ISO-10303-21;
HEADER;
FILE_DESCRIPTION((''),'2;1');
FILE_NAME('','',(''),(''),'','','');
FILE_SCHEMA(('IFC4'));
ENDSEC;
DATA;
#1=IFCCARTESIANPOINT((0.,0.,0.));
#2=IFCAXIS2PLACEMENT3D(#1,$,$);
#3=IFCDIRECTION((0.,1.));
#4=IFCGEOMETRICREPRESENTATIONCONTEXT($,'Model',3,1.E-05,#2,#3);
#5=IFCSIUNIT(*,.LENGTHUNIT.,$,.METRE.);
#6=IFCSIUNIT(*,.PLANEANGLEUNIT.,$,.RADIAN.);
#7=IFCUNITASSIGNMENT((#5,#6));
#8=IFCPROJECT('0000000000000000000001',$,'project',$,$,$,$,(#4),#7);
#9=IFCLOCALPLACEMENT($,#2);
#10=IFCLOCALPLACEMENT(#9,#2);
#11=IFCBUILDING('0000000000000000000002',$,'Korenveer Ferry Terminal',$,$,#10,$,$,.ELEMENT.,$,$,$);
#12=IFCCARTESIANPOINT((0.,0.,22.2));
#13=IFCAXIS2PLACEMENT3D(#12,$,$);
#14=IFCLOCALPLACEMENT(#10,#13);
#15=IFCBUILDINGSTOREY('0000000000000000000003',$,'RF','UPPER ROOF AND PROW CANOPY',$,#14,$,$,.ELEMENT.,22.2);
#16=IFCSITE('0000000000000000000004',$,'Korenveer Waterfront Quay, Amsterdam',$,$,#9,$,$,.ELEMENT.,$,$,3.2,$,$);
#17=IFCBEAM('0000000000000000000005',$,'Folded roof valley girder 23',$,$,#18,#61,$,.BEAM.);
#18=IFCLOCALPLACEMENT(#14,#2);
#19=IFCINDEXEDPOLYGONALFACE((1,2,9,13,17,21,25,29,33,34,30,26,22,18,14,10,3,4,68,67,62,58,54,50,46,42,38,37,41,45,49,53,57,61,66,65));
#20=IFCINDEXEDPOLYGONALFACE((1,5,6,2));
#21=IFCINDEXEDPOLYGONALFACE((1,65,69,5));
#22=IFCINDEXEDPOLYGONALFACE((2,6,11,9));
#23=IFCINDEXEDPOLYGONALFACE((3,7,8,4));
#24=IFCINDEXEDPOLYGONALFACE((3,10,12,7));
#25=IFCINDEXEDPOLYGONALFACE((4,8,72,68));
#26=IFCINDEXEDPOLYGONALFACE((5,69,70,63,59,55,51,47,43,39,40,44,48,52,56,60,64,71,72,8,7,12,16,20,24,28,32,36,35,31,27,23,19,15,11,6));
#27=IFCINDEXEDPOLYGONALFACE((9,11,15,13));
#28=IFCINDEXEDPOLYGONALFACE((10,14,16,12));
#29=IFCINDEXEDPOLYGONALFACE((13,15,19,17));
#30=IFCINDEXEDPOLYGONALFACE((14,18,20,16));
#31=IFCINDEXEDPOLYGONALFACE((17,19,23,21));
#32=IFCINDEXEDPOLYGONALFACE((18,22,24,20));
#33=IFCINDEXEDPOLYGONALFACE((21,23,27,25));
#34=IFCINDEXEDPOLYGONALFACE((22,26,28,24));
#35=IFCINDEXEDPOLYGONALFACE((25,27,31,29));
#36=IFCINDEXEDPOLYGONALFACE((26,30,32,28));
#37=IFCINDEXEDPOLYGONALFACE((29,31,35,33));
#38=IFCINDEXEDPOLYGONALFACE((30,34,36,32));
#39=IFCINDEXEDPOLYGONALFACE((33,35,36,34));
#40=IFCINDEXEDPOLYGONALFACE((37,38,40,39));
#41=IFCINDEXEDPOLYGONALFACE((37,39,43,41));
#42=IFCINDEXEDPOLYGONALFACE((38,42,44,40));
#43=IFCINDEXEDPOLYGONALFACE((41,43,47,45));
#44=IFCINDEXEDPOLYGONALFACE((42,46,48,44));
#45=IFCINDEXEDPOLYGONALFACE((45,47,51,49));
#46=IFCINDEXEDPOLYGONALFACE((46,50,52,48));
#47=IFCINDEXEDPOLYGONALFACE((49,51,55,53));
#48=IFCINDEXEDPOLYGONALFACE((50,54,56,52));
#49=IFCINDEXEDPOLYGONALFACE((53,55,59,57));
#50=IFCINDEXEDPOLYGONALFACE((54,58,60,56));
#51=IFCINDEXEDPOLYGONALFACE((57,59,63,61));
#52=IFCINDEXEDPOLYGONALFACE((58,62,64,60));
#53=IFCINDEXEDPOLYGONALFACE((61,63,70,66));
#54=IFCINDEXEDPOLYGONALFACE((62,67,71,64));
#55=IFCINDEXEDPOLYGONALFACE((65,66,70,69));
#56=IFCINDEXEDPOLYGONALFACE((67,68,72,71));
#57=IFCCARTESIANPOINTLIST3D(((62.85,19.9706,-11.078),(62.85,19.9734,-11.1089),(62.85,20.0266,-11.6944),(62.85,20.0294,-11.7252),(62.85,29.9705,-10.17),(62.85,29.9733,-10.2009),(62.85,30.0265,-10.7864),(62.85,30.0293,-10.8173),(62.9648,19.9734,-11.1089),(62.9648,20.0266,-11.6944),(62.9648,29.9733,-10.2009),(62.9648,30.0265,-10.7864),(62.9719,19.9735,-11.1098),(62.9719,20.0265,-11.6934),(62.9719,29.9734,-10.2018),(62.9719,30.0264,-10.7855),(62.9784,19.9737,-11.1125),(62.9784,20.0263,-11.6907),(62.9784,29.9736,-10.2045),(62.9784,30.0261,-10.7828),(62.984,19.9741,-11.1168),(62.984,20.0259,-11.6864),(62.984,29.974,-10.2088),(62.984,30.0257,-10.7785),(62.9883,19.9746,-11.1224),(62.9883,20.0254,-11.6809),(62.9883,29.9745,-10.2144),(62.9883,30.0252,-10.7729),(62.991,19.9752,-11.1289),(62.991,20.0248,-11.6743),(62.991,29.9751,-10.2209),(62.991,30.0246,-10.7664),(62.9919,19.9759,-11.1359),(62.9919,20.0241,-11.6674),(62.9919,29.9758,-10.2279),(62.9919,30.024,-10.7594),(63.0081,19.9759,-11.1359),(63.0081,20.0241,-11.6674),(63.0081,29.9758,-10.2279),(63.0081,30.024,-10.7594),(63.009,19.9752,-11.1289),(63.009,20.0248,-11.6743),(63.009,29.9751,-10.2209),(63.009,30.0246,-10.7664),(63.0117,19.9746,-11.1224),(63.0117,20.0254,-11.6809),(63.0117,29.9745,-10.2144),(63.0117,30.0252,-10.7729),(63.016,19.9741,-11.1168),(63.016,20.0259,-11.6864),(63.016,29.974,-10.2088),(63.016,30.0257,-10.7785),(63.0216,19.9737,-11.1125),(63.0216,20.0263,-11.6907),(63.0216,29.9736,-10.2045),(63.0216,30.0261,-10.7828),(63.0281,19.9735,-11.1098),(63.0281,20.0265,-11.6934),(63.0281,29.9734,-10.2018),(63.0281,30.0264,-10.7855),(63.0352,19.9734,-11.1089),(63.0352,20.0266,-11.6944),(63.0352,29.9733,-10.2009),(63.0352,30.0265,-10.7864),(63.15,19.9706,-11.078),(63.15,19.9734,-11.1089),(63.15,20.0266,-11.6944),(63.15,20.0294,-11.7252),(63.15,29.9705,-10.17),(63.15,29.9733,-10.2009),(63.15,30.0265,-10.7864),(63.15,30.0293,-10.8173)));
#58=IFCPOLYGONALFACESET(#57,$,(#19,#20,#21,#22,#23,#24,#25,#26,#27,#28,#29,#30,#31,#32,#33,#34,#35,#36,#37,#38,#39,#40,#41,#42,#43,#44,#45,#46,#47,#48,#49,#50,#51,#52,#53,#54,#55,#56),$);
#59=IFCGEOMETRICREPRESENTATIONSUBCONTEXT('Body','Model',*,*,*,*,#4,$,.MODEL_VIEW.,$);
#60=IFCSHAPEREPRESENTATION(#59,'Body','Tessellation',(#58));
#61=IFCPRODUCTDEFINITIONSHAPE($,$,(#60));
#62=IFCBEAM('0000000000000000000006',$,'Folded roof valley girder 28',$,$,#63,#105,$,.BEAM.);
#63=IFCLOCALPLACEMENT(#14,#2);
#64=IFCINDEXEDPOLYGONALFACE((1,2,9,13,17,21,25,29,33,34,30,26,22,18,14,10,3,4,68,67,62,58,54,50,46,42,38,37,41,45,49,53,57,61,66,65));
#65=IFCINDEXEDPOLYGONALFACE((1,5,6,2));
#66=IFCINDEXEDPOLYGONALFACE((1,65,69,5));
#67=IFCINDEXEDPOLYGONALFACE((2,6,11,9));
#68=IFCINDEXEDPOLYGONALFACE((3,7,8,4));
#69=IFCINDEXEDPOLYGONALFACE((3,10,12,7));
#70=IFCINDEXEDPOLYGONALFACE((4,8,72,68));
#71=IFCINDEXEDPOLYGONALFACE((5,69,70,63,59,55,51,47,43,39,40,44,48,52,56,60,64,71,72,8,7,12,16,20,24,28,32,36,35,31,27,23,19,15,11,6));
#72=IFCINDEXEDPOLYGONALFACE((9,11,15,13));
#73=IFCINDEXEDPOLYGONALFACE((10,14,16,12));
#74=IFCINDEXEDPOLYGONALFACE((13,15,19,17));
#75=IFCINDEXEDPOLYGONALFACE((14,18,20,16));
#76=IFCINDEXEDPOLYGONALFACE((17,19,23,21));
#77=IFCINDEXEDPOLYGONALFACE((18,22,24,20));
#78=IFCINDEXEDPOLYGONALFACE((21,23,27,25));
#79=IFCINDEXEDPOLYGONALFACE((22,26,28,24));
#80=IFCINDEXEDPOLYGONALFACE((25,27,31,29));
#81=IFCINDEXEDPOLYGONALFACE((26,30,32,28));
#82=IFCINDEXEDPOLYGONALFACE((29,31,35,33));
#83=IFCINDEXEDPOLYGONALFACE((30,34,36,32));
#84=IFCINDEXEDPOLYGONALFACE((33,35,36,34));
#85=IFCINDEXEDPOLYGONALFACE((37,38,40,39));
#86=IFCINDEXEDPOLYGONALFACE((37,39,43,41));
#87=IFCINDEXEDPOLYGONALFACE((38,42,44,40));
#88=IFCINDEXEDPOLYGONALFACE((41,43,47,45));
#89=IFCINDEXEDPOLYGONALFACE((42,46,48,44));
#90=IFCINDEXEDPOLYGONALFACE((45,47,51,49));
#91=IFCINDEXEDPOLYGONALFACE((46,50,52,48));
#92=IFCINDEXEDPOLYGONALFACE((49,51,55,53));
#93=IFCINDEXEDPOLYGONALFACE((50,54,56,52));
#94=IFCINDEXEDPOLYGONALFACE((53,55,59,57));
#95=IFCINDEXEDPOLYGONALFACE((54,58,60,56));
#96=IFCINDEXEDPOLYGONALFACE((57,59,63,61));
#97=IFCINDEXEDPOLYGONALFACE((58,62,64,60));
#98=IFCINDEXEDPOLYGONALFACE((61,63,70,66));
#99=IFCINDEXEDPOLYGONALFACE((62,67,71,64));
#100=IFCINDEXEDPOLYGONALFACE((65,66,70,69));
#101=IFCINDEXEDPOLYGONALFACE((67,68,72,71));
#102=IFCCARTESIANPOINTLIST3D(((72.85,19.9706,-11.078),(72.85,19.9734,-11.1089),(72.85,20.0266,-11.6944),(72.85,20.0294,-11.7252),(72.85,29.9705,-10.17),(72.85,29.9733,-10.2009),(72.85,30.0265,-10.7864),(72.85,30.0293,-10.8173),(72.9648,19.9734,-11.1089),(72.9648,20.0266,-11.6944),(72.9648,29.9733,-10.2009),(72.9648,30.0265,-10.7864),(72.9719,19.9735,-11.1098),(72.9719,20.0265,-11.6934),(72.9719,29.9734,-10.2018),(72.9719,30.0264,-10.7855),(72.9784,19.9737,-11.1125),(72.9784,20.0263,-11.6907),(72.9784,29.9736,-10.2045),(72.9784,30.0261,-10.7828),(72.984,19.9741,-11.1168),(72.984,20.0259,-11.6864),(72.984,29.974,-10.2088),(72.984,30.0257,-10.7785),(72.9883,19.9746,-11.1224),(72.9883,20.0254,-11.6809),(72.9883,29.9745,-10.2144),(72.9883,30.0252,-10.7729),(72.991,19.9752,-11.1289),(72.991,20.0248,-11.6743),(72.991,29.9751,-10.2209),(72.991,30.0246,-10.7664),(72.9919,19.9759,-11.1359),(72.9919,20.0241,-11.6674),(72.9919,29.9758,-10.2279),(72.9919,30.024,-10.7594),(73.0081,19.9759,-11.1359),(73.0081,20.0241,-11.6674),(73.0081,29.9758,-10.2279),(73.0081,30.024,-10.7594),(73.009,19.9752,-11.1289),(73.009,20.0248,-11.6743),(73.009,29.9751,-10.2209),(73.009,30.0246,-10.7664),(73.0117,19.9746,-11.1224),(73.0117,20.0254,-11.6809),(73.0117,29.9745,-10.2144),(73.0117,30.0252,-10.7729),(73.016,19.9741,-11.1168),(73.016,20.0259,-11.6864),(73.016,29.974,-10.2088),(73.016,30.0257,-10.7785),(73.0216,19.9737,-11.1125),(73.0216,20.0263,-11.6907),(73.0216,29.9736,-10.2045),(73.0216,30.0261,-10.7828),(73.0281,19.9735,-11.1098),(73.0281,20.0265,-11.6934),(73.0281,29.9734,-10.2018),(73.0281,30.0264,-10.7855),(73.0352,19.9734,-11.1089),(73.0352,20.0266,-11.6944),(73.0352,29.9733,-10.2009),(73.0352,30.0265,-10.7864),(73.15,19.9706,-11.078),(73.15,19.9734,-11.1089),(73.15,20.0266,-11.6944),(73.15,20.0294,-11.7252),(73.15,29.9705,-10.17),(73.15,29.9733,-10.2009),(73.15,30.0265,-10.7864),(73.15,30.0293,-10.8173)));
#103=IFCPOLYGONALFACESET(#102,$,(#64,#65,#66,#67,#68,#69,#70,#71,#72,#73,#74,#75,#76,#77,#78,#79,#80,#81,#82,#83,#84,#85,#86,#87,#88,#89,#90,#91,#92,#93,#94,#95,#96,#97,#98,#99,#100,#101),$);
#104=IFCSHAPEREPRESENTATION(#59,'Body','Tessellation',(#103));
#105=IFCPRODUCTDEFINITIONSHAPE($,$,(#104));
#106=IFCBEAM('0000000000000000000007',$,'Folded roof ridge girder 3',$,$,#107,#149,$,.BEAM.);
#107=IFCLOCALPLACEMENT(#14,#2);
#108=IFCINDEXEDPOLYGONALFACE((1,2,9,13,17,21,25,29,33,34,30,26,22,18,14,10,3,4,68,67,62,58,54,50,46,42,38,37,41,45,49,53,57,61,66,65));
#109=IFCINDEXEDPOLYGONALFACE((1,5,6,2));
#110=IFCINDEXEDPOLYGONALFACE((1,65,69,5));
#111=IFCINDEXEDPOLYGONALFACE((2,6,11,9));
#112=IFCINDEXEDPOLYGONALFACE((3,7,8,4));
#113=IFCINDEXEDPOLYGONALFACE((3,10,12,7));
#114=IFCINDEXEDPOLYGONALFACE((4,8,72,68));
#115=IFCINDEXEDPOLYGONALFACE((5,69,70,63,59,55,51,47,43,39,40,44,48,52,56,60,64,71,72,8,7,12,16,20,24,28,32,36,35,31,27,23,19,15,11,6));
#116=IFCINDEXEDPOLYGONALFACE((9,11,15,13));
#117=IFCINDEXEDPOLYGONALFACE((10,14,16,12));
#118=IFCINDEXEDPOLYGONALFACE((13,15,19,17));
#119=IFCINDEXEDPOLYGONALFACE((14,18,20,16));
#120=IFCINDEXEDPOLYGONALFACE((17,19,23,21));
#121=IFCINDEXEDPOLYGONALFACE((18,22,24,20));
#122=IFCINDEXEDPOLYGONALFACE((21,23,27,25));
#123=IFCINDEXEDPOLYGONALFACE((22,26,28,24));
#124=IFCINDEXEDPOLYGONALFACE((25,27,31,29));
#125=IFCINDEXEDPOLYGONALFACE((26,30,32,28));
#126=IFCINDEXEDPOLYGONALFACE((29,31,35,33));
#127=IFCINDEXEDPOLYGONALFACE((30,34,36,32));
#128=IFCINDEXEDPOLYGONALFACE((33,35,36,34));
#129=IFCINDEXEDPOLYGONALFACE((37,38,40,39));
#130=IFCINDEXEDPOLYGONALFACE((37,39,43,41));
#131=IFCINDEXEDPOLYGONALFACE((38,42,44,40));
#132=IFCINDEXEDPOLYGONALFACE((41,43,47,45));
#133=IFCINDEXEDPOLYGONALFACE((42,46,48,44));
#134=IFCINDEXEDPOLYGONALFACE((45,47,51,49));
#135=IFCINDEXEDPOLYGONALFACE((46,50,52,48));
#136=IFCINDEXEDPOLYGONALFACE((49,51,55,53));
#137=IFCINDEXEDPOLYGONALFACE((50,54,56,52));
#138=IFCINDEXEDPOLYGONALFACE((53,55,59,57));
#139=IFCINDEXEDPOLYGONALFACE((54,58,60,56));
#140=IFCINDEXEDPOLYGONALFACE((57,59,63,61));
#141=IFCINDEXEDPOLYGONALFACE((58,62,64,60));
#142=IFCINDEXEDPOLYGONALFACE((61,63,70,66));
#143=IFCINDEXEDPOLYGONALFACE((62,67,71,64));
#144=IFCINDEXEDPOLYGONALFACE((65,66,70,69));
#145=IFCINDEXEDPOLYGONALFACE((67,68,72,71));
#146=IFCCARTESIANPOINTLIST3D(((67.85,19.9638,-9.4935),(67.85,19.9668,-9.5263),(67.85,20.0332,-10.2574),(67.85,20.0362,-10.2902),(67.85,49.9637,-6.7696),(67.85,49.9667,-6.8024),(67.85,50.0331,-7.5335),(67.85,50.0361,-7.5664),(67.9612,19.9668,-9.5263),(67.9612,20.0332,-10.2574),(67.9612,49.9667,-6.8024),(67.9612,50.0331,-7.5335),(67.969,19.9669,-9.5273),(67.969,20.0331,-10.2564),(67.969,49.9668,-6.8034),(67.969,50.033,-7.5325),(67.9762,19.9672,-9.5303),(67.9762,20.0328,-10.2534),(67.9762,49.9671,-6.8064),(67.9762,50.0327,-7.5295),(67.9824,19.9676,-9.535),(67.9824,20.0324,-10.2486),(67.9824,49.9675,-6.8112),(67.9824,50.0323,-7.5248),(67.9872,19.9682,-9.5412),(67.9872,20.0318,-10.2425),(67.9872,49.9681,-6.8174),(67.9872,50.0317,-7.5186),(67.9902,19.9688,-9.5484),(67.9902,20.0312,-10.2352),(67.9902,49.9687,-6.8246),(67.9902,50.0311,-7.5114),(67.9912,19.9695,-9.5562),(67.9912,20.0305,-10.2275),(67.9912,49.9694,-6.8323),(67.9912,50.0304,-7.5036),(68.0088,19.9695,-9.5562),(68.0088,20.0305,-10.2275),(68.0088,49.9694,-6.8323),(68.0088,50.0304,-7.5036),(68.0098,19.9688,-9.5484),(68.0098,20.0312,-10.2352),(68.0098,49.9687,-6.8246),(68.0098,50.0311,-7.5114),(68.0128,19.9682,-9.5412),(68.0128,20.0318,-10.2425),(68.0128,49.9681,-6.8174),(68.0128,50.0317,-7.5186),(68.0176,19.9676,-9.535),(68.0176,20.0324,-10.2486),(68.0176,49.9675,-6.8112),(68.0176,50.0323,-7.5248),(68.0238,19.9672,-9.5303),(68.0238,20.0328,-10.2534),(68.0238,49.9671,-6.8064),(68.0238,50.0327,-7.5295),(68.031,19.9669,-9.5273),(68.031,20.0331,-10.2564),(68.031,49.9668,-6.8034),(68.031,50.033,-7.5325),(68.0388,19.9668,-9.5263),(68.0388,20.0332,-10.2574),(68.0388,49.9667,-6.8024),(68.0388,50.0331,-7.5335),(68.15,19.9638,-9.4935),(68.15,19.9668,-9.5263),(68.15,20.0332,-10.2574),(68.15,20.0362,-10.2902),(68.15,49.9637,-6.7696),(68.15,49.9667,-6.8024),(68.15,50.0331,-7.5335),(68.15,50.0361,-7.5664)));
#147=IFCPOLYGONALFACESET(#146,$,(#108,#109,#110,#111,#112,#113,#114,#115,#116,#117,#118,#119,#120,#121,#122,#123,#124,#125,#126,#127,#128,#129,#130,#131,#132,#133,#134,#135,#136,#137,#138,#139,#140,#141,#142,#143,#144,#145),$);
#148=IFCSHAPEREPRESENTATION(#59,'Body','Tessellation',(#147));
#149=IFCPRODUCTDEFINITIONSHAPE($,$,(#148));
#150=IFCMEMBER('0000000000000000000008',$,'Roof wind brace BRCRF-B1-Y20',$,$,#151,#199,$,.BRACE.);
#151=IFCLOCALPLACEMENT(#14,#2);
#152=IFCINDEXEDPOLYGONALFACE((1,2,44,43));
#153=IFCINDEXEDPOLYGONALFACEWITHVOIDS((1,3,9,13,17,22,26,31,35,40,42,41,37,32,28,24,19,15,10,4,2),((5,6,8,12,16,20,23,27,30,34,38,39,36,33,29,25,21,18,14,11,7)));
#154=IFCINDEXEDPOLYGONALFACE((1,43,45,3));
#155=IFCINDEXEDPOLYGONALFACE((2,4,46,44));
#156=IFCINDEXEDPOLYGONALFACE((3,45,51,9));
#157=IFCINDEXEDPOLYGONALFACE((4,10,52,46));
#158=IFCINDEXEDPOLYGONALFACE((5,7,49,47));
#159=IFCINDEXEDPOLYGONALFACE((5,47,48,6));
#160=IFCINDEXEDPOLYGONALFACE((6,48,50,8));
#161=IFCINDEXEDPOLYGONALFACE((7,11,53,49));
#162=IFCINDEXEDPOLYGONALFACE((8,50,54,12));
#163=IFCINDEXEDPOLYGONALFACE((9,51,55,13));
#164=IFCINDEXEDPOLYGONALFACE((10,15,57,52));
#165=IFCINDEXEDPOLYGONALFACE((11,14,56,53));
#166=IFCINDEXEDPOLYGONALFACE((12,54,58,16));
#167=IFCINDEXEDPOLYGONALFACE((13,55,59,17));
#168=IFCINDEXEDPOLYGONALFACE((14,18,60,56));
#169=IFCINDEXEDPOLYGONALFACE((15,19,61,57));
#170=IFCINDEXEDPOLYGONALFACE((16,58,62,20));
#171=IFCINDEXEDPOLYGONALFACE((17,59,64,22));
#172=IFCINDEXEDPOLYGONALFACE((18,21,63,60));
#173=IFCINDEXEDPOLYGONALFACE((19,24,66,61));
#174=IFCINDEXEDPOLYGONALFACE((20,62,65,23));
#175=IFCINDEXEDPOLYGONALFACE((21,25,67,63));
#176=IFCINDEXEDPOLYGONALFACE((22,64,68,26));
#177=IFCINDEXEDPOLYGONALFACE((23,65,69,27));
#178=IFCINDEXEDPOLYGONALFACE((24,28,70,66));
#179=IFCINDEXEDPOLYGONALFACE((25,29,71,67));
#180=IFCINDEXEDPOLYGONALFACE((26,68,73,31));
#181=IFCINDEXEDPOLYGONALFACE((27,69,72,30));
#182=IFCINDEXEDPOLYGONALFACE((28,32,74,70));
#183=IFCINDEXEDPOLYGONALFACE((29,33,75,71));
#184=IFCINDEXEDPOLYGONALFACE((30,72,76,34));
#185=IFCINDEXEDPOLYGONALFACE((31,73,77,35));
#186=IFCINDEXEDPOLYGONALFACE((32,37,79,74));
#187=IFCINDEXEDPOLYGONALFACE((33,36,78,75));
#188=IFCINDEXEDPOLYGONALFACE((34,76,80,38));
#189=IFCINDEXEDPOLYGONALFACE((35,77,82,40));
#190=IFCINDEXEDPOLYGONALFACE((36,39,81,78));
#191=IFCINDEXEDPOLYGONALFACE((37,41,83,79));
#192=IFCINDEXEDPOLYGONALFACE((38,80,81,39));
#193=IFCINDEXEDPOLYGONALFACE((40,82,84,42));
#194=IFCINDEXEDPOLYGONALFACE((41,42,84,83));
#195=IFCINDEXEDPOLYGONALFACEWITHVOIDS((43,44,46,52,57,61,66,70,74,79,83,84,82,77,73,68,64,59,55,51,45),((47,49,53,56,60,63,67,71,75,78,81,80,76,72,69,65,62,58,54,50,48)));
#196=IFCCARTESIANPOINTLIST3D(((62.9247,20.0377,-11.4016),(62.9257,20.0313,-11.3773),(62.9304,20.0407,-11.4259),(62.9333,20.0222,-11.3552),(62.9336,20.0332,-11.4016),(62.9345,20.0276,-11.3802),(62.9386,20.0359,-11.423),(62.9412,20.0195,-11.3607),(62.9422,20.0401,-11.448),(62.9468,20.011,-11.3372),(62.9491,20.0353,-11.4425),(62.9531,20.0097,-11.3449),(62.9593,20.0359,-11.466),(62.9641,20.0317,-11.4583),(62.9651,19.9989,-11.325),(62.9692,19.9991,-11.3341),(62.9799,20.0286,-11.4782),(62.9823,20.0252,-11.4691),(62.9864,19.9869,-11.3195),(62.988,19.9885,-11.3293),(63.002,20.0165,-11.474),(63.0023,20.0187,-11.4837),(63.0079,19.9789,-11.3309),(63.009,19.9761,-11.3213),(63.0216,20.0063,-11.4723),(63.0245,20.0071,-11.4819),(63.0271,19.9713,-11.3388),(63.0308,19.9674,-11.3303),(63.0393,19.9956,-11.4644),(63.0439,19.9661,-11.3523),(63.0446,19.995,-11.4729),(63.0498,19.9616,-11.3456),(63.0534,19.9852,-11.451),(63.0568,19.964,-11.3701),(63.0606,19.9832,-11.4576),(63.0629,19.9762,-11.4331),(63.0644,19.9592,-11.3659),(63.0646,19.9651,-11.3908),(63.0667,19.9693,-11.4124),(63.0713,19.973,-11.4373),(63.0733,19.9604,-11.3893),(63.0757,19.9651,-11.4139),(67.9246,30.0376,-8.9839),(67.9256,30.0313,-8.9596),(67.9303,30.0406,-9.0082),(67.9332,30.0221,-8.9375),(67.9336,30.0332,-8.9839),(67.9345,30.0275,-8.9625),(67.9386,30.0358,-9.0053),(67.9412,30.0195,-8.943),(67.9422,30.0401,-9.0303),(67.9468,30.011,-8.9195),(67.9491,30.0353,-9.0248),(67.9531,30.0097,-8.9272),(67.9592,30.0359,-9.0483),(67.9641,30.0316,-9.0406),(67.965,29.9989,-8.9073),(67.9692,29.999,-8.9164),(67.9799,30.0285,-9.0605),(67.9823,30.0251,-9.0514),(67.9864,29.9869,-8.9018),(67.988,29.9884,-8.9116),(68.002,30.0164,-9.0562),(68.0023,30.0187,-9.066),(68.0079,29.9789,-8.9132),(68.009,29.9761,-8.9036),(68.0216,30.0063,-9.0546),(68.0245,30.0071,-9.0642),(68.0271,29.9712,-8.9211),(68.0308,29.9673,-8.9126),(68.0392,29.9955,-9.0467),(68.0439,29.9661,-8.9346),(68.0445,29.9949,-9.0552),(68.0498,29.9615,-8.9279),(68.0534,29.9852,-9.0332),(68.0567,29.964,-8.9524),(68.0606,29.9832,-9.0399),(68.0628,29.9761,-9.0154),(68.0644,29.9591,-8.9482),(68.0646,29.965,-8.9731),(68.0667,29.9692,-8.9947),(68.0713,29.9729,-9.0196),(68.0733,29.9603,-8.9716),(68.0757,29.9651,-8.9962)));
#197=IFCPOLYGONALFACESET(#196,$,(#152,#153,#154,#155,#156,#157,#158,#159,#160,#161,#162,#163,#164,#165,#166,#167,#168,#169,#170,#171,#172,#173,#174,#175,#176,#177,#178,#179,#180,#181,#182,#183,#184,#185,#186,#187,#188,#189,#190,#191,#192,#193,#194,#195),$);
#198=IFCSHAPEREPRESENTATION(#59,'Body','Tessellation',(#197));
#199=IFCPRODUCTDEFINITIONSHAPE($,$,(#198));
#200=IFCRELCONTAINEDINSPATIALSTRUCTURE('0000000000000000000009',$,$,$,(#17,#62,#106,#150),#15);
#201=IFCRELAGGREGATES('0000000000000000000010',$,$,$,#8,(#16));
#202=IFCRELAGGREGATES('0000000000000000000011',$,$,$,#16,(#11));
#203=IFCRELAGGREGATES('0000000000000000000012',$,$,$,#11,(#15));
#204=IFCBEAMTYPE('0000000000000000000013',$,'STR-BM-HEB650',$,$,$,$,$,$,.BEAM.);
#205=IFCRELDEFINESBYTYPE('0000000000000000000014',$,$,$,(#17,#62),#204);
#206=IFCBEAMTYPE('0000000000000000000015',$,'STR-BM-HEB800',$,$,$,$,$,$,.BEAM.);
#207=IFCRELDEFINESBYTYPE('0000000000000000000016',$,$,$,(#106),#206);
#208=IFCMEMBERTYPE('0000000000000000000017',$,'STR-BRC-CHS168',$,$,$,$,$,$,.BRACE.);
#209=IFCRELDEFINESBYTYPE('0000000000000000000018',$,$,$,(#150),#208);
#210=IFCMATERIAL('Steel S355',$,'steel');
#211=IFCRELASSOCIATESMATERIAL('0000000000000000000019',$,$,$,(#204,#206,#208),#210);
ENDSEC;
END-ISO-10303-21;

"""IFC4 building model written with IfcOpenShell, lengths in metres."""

from ifc_helpers import new_model, si_unit, direction, frame, origin, origin_2d, place, context, subcontext, project, spatial, hollow_circle, i_section, extrude, material, material_profile, profile_set, type_object, element, save


model = new_model("IFC4")

# Units and contexts
model_context = context("Model", 3, precision=1e-05, world=origin(), true_north=direction((0.0, 1.0)))
body_context = subcontext(model_context, "Body", "Model", "MODEL_VIEW")
ifc_project = project(units=[si_unit("LENGTHUNIT", "METRE"), si_unit("PLANEANGLEUNIT", "RADIAN")], contexts=[model_context])

# Site, building, storey
site_placement = place(None, origin())
site = spatial("IfcSite", under=ifc_project, at=site_placement, Name="Korenveer Waterfront Quay, Amsterdam", CompositionType="ELEMENT", RefElevation=3.2)
building_placement = place(site_placement, origin())
building = spatial("IfcBuilding", under=site, at=building_placement, Name="Korenveer Ferry Terminal", CompositionType="ELEMENT")
storey_placement = place(building_placement, frame((0.0, 0.0, 22.2)))
storey = spatial("IfcBuildingStorey", under=building, at=storey_placement, Name="RF", Description="UPPER ROOF AND PROW CANOPY", CompositionType="ELEMENT", Elevation=22.2)

# Beams
ifc_material_1 = material(Name="Steel S355", Category="steel")
ifc_material_profile_1 = material_profile(ifc_material_1, i_section(OverallWidth=0.3, OverallDepth=0.6499, WebThickness=0.0161, FlangeThickness=0.031, FilletRadius=0.0271, at=origin_2d()), Name="HEB 650")
ifc_profile_set_1 = profile_set([ifc_material_profile_1], Name="Steel S355")
beam_type_1 = type_object("IfcBeamType", Name="STR-BM-HEB650", PredefinedType="BEAM", material=ifc_profile_set_1)
for number, where, z_axis, x_axis, name in (
    (1, (63.0, 20.0, -11.4016), (0.0, 0.995903, 0.090424), (-1.0, 0.0, 0.0), "Folded roof valley girder 23"),
    (2, (73.0, 20.0, -11.4016), (0.0, 0.995903, 0.090424), (-1.0, 0.0, 0.0), "Folded roof valley girder 28"),
):
    element("IfcBeam", number, at=place(storey_placement, frame(where, z_axis=z_axis, x_axis=x_axis)), inside=storey, type_object=beam_type_1, Name=name, PredefinedType="BEAM", context=body_context, shape_type="SweptSolid", body=[
        extrude(i_section(OverallWidth=0.3, OverallDepth=0.6499, WebThickness=0.0161, FlangeThickness=0.031, FilletRadius=0.0271, at=origin_2d()), origin(), (0.0, 0.0, 1.0), 10.041),
    ])
ifc_material_profile_2 = material_profile(ifc_material_1, i_section(OverallWidth=0.3, OverallDepth=0.8, WebThickness=0.0176, FlangeThickness=0.033, FilletRadius=0.03, at=origin_2d()), Name="HEB 800")
ifc_profile_set_2 = profile_set([ifc_material_profile_2], Name="Steel S355")
beam_type_2 = type_object("IfcBeamType", Name="STR-BM-HEB800", PredefinedType="BEAM", material=ifc_profile_set_2)
beam_1_placement = place(storey_placement, frame((68.0, 20.0, -9.8918), z_axis=(0.0, 0.995903, 0.090424), x_axis=(-1.0, 0.0, 0.0)))
element("IfcBeam", 3, at=beam_1_placement, inside=storey, type_object=beam_type_2, Name="Folded roof ridge girder 3", PredefinedType="BEAM", context=body_context, shape_type="SweptSolid", body=[
    extrude(i_section(OverallWidth=0.3, OverallDepth=0.8, WebThickness=0.0176, FlangeThickness=0.033, FilletRadius=0.03, at=origin_2d()), origin(), (0.0, 0.0, 1.0), 30.1233),
])

# Member
ifc_material_profile_3 = material_profile(ifc_material_1, hollow_circle(Radius=0.0842, WallThickness=0.01, at=origin_2d()), Name="CHS 168.3x10")
ifc_profile_set_3 = profile_set([ifc_material_profile_3], Name="Steel S355")
member_type_1 = type_object("IfcMemberType", Name="STR-BRC-CHS168", PredefinedType="BRACE", material=ifc_profile_set_3)
member_1_placement = place(storey_placement, frame((63.0, 20.0, -11.4016), z_axis=(0.43711, 0.87422, 0.211362), x_axis=(-0.894427, 0.447214, 0.0)))
element("IfcMember", 4, at=member_1_placement, inside=storey, type_object=member_type_1, Name="Roof wind brace BRCRF-B1-Y20", PredefinedType="BRACE", context=body_context, shape_type="SweptSolid", body=[
    extrude(hollow_circle(Radius=0.0842, WallThickness=0.01, at=origin_2d()), origin(), (0.0, 0.0, 1.0), 11.4387),
])

save(model, "model.ifc")
